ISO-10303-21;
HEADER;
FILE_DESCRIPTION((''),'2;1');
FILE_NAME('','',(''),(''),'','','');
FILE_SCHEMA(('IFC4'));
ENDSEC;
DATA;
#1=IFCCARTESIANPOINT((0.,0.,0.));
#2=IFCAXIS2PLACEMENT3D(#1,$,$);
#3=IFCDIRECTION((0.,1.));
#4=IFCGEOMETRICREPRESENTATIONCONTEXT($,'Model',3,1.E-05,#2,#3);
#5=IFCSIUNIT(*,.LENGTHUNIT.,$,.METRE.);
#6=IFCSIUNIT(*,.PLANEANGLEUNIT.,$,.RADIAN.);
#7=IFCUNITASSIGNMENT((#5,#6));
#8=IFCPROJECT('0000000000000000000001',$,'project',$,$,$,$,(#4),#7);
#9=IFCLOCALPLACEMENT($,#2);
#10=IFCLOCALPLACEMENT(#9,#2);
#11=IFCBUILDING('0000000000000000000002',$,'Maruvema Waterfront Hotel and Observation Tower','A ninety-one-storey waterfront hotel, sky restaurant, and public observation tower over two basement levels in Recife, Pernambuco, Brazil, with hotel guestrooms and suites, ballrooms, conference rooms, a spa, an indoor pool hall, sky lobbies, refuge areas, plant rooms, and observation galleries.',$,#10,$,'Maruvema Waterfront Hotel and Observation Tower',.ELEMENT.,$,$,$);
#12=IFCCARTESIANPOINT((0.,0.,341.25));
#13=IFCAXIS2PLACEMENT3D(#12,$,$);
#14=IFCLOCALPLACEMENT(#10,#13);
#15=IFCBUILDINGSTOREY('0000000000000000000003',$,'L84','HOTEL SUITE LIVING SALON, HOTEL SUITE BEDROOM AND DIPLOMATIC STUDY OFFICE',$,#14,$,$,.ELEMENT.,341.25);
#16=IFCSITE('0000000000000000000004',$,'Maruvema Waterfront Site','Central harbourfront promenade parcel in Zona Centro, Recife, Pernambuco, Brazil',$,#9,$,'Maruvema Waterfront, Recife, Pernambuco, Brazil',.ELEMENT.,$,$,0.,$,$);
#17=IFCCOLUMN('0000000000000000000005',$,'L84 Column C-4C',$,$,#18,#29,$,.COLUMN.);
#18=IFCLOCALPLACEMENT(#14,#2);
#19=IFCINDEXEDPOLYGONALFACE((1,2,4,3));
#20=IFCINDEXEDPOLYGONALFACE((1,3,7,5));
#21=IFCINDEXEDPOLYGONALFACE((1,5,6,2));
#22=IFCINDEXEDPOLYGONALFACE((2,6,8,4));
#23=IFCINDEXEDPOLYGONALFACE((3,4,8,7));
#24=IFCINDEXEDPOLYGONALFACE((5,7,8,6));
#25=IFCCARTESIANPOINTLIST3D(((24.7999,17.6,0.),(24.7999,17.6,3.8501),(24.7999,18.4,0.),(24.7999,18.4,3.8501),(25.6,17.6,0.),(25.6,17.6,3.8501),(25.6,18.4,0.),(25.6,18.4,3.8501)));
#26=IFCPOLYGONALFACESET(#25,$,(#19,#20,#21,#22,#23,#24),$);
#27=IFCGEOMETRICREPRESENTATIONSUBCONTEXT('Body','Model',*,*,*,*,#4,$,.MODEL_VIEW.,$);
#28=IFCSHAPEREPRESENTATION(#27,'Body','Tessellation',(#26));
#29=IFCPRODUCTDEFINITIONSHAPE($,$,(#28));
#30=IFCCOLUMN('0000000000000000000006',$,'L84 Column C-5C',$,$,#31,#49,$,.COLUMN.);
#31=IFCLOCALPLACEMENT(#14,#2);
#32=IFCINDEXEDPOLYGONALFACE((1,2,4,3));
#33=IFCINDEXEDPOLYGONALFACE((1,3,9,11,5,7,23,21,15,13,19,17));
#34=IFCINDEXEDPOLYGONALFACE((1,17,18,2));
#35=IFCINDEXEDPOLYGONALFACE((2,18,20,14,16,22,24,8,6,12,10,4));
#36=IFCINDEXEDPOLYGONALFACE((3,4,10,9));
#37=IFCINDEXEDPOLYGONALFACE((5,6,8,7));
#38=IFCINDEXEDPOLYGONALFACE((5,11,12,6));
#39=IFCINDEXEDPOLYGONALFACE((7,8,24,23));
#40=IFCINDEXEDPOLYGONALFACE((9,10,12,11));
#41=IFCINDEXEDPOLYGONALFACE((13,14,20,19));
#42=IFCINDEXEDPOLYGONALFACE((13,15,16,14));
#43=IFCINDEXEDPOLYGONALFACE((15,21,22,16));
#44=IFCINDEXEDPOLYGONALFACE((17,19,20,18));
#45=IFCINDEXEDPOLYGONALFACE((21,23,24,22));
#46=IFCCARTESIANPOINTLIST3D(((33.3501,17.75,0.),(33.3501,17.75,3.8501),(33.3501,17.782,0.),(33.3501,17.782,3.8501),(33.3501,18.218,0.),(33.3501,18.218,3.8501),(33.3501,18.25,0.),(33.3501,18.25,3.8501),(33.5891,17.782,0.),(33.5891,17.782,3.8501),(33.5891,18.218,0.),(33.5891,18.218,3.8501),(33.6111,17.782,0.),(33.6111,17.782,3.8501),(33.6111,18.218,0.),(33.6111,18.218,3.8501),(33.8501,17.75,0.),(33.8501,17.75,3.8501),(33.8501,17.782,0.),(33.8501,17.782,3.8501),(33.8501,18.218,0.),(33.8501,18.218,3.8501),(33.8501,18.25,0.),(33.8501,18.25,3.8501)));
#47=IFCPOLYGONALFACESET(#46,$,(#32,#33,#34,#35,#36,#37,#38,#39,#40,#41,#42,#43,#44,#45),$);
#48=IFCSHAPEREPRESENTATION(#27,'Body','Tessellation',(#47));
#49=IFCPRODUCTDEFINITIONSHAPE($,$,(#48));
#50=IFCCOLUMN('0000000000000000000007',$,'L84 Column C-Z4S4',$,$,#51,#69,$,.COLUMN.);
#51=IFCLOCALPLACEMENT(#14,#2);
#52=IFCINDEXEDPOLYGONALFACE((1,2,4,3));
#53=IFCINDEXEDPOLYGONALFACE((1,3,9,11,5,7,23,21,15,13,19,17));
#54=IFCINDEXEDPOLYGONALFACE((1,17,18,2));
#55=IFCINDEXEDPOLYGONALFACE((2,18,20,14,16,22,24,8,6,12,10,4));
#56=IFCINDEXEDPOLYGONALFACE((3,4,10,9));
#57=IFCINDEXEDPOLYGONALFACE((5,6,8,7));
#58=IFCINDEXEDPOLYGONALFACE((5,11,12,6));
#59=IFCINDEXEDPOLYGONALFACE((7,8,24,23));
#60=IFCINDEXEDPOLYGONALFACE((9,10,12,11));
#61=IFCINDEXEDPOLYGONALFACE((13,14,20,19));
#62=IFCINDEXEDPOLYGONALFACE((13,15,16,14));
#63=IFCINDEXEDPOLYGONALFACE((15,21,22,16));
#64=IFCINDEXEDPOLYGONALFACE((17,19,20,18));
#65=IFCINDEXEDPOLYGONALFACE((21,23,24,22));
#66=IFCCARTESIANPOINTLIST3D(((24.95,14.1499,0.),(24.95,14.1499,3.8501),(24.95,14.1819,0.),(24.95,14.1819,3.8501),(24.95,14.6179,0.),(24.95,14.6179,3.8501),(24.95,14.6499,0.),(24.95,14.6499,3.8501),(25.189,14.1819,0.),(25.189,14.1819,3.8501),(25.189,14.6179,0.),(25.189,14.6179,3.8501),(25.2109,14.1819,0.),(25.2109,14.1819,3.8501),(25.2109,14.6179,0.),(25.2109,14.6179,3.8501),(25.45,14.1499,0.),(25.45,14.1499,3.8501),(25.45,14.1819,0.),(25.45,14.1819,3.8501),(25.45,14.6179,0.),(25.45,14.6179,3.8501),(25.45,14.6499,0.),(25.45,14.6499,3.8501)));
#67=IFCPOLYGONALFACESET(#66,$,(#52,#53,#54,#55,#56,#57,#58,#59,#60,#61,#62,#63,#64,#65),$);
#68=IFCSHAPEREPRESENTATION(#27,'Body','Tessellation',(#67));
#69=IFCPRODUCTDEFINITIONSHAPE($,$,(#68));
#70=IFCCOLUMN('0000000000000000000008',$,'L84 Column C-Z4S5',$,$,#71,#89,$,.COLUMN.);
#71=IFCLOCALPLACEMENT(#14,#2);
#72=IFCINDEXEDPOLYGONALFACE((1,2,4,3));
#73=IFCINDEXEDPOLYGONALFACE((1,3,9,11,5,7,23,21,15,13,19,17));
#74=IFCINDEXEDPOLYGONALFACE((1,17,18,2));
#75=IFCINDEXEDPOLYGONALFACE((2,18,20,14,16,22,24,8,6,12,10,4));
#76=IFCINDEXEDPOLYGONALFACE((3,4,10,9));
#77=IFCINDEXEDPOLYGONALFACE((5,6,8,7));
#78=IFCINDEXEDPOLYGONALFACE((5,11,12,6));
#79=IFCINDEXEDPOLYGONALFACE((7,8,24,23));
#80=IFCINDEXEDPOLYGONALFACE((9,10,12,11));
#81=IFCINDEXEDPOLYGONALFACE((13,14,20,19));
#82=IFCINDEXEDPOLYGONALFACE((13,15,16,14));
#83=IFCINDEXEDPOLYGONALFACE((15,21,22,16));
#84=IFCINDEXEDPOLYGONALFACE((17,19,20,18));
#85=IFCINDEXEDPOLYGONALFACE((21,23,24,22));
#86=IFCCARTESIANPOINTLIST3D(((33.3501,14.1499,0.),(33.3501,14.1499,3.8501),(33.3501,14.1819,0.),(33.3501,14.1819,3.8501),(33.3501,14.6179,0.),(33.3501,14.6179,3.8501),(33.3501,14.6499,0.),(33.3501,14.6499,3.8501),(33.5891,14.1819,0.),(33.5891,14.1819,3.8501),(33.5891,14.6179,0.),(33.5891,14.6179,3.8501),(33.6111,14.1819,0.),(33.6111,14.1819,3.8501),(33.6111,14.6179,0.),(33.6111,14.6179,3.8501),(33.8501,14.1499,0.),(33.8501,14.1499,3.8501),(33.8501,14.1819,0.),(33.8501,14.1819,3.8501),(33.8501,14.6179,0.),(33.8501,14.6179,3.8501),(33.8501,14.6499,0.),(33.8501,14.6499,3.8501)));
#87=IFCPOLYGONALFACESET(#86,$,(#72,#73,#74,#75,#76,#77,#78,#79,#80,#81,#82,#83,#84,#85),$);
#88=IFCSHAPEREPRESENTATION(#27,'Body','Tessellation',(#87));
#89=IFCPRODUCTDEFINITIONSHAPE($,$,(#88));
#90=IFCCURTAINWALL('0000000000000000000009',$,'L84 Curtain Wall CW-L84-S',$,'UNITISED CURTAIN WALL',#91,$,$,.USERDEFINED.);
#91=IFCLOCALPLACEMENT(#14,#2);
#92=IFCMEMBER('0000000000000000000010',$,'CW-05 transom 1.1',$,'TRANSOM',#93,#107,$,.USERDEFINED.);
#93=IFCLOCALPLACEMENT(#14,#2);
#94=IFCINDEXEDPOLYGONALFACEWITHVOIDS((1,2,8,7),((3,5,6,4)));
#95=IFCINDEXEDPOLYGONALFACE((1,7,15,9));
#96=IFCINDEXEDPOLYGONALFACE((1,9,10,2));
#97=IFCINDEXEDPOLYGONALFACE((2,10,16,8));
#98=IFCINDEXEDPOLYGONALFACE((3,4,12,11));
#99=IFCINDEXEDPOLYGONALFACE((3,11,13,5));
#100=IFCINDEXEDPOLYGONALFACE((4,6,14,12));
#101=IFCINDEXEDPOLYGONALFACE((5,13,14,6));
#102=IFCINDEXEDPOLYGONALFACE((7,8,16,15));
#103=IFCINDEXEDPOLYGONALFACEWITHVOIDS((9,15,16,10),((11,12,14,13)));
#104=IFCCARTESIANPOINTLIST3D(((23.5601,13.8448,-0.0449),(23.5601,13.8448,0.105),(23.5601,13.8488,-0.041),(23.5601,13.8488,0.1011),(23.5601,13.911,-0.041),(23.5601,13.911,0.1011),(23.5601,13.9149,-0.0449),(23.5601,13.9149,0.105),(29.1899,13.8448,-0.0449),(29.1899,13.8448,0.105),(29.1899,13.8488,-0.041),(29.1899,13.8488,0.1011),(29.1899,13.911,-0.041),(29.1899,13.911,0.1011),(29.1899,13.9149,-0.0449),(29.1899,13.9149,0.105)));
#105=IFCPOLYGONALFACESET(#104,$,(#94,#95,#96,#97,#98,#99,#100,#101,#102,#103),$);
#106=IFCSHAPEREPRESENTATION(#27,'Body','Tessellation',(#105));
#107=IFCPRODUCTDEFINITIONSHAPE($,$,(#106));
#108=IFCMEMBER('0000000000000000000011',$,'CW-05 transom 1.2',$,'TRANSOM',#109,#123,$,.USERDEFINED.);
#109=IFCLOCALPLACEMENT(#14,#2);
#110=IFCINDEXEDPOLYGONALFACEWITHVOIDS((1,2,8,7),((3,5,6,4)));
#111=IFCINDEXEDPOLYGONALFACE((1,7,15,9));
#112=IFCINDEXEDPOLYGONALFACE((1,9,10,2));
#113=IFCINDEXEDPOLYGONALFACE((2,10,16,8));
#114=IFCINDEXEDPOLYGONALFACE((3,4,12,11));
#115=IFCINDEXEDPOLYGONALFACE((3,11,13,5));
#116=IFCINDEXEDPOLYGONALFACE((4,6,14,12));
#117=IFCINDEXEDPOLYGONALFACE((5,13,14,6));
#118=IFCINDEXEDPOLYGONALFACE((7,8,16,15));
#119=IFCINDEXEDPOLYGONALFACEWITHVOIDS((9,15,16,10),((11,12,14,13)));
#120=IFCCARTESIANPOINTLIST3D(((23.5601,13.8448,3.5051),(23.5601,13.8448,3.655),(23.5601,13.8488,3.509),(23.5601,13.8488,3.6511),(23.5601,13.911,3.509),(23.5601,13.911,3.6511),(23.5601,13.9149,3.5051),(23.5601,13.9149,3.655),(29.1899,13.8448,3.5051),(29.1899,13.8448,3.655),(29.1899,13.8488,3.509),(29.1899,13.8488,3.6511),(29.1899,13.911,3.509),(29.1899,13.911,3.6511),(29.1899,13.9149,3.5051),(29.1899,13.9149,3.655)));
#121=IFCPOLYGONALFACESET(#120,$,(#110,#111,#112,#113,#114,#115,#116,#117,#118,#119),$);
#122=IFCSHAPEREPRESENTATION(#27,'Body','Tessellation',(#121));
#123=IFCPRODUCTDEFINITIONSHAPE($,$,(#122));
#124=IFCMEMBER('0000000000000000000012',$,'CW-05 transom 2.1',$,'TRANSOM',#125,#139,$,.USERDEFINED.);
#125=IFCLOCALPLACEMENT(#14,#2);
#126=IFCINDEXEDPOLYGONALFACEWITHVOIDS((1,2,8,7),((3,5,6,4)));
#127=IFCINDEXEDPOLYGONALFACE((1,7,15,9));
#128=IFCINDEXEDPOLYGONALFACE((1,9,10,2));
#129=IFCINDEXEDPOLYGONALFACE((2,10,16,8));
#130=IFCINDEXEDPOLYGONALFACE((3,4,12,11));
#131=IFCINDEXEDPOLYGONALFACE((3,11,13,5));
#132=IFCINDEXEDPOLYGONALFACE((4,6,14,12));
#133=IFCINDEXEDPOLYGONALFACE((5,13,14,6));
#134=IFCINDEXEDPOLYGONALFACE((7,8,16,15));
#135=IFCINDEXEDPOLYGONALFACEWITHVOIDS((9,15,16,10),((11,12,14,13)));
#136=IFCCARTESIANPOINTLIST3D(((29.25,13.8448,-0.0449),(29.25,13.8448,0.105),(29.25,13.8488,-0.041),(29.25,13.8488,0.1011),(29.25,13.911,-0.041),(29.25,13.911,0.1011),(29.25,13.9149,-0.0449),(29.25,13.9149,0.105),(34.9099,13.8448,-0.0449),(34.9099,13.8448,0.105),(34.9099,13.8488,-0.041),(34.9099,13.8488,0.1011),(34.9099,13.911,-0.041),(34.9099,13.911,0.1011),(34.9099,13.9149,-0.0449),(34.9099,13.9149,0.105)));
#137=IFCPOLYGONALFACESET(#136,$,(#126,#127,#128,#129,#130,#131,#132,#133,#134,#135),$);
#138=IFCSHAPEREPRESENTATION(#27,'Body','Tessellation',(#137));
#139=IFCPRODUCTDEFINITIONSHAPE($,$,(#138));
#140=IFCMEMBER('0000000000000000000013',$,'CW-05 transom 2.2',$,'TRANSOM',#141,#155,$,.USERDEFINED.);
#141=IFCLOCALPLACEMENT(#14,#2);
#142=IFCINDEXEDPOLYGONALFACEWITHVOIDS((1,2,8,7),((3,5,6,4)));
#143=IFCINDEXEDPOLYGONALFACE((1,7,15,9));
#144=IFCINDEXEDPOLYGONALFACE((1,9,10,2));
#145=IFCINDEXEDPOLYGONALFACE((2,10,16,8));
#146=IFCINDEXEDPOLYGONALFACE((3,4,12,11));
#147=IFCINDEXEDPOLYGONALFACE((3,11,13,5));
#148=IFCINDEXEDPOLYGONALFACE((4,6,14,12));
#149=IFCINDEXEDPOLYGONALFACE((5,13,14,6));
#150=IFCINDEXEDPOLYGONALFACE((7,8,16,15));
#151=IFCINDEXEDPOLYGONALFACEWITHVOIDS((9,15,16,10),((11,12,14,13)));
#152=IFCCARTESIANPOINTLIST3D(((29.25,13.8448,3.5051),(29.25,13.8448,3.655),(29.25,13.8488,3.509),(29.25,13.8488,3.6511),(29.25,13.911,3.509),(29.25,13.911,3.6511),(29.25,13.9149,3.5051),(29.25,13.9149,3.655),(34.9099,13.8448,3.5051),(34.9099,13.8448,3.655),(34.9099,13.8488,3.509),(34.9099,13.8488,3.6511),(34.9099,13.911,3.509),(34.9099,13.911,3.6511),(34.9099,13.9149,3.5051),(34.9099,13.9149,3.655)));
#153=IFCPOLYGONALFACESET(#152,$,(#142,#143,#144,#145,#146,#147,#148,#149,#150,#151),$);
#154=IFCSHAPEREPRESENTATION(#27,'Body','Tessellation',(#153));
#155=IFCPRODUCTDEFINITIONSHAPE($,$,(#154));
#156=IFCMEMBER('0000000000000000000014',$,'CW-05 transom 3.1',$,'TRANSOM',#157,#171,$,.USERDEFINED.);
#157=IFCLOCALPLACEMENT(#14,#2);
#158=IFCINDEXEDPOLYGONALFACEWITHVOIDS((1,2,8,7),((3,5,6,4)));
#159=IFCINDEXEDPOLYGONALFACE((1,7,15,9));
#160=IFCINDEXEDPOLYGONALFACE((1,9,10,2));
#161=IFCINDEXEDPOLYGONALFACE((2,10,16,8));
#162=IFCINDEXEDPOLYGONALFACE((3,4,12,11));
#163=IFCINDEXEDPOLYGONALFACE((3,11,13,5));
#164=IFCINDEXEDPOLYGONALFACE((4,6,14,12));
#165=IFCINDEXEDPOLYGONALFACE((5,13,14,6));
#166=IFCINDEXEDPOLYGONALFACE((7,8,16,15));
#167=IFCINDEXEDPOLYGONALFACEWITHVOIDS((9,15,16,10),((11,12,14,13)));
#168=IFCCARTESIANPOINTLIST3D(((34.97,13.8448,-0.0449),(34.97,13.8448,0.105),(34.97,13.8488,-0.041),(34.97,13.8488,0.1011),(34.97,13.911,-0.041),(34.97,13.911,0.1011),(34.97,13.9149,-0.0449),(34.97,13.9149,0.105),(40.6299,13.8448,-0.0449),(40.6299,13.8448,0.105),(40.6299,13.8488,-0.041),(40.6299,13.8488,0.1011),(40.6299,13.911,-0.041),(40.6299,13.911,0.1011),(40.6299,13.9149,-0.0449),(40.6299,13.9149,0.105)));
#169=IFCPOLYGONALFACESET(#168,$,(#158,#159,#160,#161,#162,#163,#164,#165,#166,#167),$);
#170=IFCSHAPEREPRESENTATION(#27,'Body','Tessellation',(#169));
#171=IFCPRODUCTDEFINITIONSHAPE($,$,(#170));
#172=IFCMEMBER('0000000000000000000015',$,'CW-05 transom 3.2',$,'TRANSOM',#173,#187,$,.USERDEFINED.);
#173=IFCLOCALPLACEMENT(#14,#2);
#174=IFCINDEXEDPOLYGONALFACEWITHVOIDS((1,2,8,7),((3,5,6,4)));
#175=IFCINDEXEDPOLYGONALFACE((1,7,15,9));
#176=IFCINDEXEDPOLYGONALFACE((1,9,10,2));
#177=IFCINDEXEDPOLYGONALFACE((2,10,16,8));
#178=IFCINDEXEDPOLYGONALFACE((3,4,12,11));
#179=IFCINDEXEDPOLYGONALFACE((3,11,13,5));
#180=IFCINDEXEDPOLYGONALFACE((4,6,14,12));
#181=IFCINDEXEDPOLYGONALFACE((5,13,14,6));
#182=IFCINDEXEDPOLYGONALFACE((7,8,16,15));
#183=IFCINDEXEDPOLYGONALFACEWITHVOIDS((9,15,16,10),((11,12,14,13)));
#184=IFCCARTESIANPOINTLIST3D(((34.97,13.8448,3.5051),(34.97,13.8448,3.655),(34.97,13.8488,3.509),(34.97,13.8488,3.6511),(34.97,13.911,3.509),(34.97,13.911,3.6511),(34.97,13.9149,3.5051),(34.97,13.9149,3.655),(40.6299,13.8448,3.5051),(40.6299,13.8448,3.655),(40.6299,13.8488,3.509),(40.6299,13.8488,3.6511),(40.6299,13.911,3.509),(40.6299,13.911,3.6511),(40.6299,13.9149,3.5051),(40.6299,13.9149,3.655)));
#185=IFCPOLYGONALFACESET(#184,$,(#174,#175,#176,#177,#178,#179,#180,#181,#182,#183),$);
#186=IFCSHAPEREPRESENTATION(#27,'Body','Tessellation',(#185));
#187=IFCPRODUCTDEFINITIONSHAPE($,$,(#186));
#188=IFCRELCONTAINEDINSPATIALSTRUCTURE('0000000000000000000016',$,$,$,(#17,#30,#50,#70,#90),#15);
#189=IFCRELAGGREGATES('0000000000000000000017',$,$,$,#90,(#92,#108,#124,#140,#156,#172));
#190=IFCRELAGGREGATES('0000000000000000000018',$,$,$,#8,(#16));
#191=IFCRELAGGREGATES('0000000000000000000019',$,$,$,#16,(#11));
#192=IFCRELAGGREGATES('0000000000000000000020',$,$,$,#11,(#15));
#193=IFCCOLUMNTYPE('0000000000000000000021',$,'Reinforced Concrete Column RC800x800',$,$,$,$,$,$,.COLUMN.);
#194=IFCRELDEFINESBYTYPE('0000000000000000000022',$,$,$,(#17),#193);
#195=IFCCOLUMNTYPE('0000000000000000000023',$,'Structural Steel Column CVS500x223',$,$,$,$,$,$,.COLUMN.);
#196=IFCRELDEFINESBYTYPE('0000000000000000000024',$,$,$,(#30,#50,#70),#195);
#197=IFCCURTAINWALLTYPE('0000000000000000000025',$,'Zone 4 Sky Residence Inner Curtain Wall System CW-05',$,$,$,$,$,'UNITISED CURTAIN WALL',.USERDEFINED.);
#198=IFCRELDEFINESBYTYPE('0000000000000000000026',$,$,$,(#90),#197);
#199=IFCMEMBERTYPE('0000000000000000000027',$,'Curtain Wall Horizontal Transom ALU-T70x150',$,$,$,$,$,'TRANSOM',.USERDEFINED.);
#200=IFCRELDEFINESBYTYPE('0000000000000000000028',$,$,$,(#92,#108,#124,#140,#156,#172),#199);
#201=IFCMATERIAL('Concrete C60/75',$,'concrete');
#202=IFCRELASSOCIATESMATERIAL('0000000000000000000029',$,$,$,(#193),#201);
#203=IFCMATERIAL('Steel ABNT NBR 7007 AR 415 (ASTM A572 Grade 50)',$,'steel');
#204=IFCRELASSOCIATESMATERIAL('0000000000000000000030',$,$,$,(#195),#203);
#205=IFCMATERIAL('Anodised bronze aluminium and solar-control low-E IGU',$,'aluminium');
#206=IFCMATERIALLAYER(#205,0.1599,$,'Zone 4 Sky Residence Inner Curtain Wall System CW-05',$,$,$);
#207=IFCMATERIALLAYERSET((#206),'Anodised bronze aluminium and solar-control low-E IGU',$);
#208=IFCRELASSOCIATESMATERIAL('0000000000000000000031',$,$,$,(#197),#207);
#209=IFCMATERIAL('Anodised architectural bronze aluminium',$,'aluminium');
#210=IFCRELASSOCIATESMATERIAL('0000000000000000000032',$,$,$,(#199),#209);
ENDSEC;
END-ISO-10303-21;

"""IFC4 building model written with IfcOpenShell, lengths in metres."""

from ifc_helpers import new_model, si_unit, direction, frame, origin, origin_2d, place, context, subcontext, project, spatial, rectangle, hollow_rectangle, i_section, extrude, material, layer, layer_set, material_profile, profile_set, type_object, element, aggregate, save


model = new_model("IFC4")

# Units and contexts
model_context = context("Model", 3, precision=1e-05, world=origin(), true_north=direction((0.0, 1.0)))
body_context = subcontext(model_context, "Body", "Model", "MODEL_VIEW")
ifc_project = project(units=[si_unit("LENGTHUNIT", "METRE"), si_unit("PLANEANGLEUNIT", "RADIAN")], contexts=[model_context])

# Site, building, storey
site_placement = place(None, origin())
site = spatial("IfcSite", under=ifc_project, at=site_placement, Name="Maruvema Waterfront Site", Description="Central harbourfront promenade parcel in Zona Centro, Recife, Pernambuco, Brazil", LongName="Maruvema Waterfront, Recife, Pernambuco, Brazil", CompositionType="ELEMENT", RefElevation=0.0)
building_placement = place(site_placement, origin())
building = spatial("IfcBuilding", under=site, at=building_placement, Name="Maruvema Waterfront Hotel and Observation Tower", Description="A ninety-one-storey waterfront hotel, sky restaurant, and public observation tower over two basement levels in Recife, Pernambuco, Brazil, with hotel guestrooms and suites, ballrooms, conference rooms, a spa, an indoor pool hall, sky lobbies, refuge areas, plant rooms, and observation galleries.", LongName="Maruvema Waterfront Hotel and Observation Tower", CompositionType="ELEMENT")
storey_placement = place(building_placement, frame((0.0, 0.0, 341.25)))
storey = spatial("IfcBuildingStorey", under=building, at=storey_placement, Name="L84", Description="HOTEL SUITE LIVING SALON, HOTEL SUITE BEDROOM AND DIPLOMATIC STUDY OFFICE", CompositionType="ELEMENT", Elevation=341.25)

# Columns
ifc_material_1 = material(Name="Concrete C60/75", Category="concrete")
ifc_material_profile_1 = material_profile(ifc_material_1, rectangle(XDim=0.8, YDim=0.8, at=origin_2d()), Name="RC800x800")
ifc_profile_set_1 = profile_set([ifc_material_profile_1], Name="Concrete C60/75")
column_type_1 = type_object("IfcColumnType", Name="Reinforced Concrete Column RC800x800", PredefinedType="COLUMN", material=ifc_profile_set_1)
column_placement = place(storey_placement, frame((25.2, 18.0, 0.0), z_axis=(0.0, 0.0, 1.0), x_axis=(1.0, 0.0, 0.0)))
element("IfcColumn", 1, at=column_placement, inside=storey, type_object=column_type_1, Name="L84 Column C-4C", PredefinedType="COLUMN", context=body_context, shape_type="SweptSolid", body=[
    extrude(rectangle(XDim=0.8, YDim=0.8, at=origin_2d()), origin(), (0.0, 0.0, 1.0), 3.8501),
])
ifc_material_2 = material(Name="Steel ABNT NBR 7007 AR 415 (ASTM A572 Grade 50)", Category="steel")
ifc_material_profile_2 = material_profile(ifc_material_2, i_section(OverallWidth=0.5, OverallDepth=0.5, WebThickness=0.022, FlangeThickness=0.032, at=origin_2d()), Name="CVS500x223")
ifc_profile_set_2 = profile_set([ifc_material_profile_2], Name="Steel ABNT NBR 7007 AR 415 (ASTM A572 Grade 50)")
column_type_2 = type_object("IfcColumnType", Name="Structural Steel Column CVS500x223", PredefinedType="COLUMN", material=ifc_profile_set_2)
for number, where, z_axis, x_axis, name in (
    (2, (33.6001, 18.0, 0.0), (0.0, 0.0, 1.0), (1.0, 0.0, 0.0), "L84 Column C-5C"),
    (3, (25.2, 14.3999, 0.0), (0.0, 0.0, 1.0), (1.0, 0.0, 0.0), "L84 Column C-Z4S4"),
    (4, (33.6001, 14.3999, 0.0), (0.0, 0.0, 1.0), (1.0, 0.0, 0.0), "L84 Column C-Z4S5"),
):
    element("IfcColumn", number, at=place(storey_placement, frame(where, z_axis=z_axis, x_axis=x_axis)), inside=storey, type_object=column_type_2, Name=name, PredefinedType="COLUMN", context=body_context, shape_type="SweptSolid", body=[
        extrude(i_section(OverallWidth=0.5, OverallDepth=0.5, WebThickness=0.022, FlangeThickness=0.032, at=origin_2d()), origin(), (0.0, 0.0, 1.0), 3.8501),
    ])

# Curtain wall, members
ifc_material_3 = material(Name="Anodised bronze aluminium and solar-control low-E IGU", Category="aluminium")
ifc_layer_1 = layer(ifc_material_3, 0.1599, Name="Zone 4 Sky Residence Inner Curtain Wall System CW-05")
ifc_layer_set_1 = layer_set([ifc_layer_1], Name="Anodised bronze aluminium and solar-control low-E IGU")
curtain_wall_type = type_object("IfcCurtainWallType", Name="Zone 4 Sky Residence Inner Curtain Wall System CW-05", ElementType="UNITISED CURTAIN WALL", PredefinedType="USERDEFINED", material=ifc_layer_set_1)
curtain_wall_1_placement = place(storey_placement, origin())
curtain_wall_1 = element("IfcCurtainWall", 5, at=curtain_wall_1_placement, inside=storey, type_object=curtain_wall_type, Name="L84 Curtain Wall CW-L84-S", ObjectType="UNITISED CURTAIN WALL", PredefinedType="USERDEFINED")
ifc_material_4 = material(Name="Anodised architectural bronze aluminium", Category="aluminium")
ifc_material_profile_3 = material_profile(ifc_material_4, hollow_rectangle(XDim=0.0701, YDim=0.1499, WallThickness=0.0039, at=origin_2d()), Name="ALU-T70x150")
ifc_profile_set_3 = profile_set([ifc_material_profile_3], Name="Anodised architectural bronze aluminium")
member_type_1 = type_object("IfcMemberType", Name="Curtain Wall Horizontal Transom ALU-T70x150", ElementType="TRANSOM", PredefinedType="USERDEFINED", material=ifc_profile_set_3)
member_1_placement = place(storey_placement, frame((23.5601, 13.8799, 0.03), z_axis=(1.0, 0.0, 0.0), x_axis=(0.0, 1.0, 0.0)))
member_1 = element("IfcMember", 6, at=member_1_placement, type_object=member_type_1, Name="CW-05 transom 1.1", ObjectType="TRANSOM", PredefinedType="USERDEFINED", context=body_context, shape_type="SweptSolid", body=[
    extrude(hollow_rectangle(XDim=0.0701, YDim=0.1499, WallThickness=0.0039, at=origin_2d()), origin(), (0.0, 0.0, 1.0), 5.6299),
])
member_2_placement = place(storey_placement, frame((23.5601, 13.8799, 3.5801), z_axis=(1.0, 0.0, 0.0), x_axis=(0.0, 1.0, 0.0)))
member_2 = element("IfcMember", 7, at=member_2_placement, type_object=member_type_1, Name="CW-05 transom 1.2", ObjectType="TRANSOM", PredefinedType="USERDEFINED", context=body_context, shape_type="SweptSolid", body=[
    extrude(hollow_rectangle(XDim=0.0701, YDim=0.1499, WallThickness=0.0039, at=origin_2d()), origin(), (0.0, 0.0, 1.0), 5.6299),
])
member_3_placement = place(storey_placement, frame((29.25, 13.8799, 0.03), z_axis=(1.0, 0.0, 0.0), x_axis=(0.0, 1.0, 0.0)))
member_3 = element("IfcMember", 8, at=member_3_placement, type_object=member_type_1, Name="CW-05 transom 2.1", ObjectType="TRANSOM", PredefinedType="USERDEFINED", context=body_context, shape_type="SweptSolid", body=[
    extrude(hollow_rectangle(XDim=0.0701, YDim=0.1499, WallThickness=0.0039, at=origin_2d()), origin(), (0.0, 0.0, 1.0), 5.6599),
])
member_4_placement = place(storey_placement, frame((29.25, 13.8799, 3.5801), z_axis=(1.0, 0.0, 0.0), x_axis=(0.0, 1.0, 0.0)))
member_4 = element("IfcMember", 9, at=member_4_placement, type_object=member_type_1, Name="CW-05 transom 2.2", ObjectType="TRANSOM", PredefinedType="USERDEFINED", context=body_context, shape_type="SweptSolid", body=[
    extrude(hollow_rectangle(XDim=0.0701, YDim=0.1499, WallThickness=0.0039, at=origin_2d()), origin(), (0.0, 0.0, 1.0), 5.6599),
])
member_5_placement = place(storey_placement, frame((34.97, 13.8799, 0.03), z_axis=(1.0, 0.0, 0.0), x_axis=(0.0, 1.0, 0.0)))
member_5 = element("IfcMember", 10, at=member_5_placement, type_object=member_type_1, Name="CW-05 transom 3.1", ObjectType="TRANSOM", PredefinedType="USERDEFINED", context=body_context, shape_type="SweptSolid", body=[
    extrude(hollow_rectangle(XDim=0.0701, YDim=0.1499, WallThickness=0.0039, at=origin_2d()), origin(), (0.0, 0.0, 1.0), 5.6599),
])
member_6_placement = place(storey_placement, frame((34.97, 13.8799, 3.5801), z_axis=(1.0, 0.0, 0.0), x_axis=(0.0, 1.0, 0.0)))
member_6 = element("IfcMember", 11, at=member_6_placement, type_object=member_type_1, Name="CW-05 transom 3.2", ObjectType="TRANSOM", PredefinedType="USERDEFINED", context=body_context, shape_type="SweptSolid", body=[
    extrude(hollow_rectangle(XDim=0.0701, YDim=0.1499, WallThickness=0.0039, at=origin_2d()), origin(), (0.0, 0.0, 1.0), 5.6599),
])

aggregate(curtain_wall_1, [member_1, member_2, member_3, member_4, member_5, member_6])

save(model, "model.ifc")
